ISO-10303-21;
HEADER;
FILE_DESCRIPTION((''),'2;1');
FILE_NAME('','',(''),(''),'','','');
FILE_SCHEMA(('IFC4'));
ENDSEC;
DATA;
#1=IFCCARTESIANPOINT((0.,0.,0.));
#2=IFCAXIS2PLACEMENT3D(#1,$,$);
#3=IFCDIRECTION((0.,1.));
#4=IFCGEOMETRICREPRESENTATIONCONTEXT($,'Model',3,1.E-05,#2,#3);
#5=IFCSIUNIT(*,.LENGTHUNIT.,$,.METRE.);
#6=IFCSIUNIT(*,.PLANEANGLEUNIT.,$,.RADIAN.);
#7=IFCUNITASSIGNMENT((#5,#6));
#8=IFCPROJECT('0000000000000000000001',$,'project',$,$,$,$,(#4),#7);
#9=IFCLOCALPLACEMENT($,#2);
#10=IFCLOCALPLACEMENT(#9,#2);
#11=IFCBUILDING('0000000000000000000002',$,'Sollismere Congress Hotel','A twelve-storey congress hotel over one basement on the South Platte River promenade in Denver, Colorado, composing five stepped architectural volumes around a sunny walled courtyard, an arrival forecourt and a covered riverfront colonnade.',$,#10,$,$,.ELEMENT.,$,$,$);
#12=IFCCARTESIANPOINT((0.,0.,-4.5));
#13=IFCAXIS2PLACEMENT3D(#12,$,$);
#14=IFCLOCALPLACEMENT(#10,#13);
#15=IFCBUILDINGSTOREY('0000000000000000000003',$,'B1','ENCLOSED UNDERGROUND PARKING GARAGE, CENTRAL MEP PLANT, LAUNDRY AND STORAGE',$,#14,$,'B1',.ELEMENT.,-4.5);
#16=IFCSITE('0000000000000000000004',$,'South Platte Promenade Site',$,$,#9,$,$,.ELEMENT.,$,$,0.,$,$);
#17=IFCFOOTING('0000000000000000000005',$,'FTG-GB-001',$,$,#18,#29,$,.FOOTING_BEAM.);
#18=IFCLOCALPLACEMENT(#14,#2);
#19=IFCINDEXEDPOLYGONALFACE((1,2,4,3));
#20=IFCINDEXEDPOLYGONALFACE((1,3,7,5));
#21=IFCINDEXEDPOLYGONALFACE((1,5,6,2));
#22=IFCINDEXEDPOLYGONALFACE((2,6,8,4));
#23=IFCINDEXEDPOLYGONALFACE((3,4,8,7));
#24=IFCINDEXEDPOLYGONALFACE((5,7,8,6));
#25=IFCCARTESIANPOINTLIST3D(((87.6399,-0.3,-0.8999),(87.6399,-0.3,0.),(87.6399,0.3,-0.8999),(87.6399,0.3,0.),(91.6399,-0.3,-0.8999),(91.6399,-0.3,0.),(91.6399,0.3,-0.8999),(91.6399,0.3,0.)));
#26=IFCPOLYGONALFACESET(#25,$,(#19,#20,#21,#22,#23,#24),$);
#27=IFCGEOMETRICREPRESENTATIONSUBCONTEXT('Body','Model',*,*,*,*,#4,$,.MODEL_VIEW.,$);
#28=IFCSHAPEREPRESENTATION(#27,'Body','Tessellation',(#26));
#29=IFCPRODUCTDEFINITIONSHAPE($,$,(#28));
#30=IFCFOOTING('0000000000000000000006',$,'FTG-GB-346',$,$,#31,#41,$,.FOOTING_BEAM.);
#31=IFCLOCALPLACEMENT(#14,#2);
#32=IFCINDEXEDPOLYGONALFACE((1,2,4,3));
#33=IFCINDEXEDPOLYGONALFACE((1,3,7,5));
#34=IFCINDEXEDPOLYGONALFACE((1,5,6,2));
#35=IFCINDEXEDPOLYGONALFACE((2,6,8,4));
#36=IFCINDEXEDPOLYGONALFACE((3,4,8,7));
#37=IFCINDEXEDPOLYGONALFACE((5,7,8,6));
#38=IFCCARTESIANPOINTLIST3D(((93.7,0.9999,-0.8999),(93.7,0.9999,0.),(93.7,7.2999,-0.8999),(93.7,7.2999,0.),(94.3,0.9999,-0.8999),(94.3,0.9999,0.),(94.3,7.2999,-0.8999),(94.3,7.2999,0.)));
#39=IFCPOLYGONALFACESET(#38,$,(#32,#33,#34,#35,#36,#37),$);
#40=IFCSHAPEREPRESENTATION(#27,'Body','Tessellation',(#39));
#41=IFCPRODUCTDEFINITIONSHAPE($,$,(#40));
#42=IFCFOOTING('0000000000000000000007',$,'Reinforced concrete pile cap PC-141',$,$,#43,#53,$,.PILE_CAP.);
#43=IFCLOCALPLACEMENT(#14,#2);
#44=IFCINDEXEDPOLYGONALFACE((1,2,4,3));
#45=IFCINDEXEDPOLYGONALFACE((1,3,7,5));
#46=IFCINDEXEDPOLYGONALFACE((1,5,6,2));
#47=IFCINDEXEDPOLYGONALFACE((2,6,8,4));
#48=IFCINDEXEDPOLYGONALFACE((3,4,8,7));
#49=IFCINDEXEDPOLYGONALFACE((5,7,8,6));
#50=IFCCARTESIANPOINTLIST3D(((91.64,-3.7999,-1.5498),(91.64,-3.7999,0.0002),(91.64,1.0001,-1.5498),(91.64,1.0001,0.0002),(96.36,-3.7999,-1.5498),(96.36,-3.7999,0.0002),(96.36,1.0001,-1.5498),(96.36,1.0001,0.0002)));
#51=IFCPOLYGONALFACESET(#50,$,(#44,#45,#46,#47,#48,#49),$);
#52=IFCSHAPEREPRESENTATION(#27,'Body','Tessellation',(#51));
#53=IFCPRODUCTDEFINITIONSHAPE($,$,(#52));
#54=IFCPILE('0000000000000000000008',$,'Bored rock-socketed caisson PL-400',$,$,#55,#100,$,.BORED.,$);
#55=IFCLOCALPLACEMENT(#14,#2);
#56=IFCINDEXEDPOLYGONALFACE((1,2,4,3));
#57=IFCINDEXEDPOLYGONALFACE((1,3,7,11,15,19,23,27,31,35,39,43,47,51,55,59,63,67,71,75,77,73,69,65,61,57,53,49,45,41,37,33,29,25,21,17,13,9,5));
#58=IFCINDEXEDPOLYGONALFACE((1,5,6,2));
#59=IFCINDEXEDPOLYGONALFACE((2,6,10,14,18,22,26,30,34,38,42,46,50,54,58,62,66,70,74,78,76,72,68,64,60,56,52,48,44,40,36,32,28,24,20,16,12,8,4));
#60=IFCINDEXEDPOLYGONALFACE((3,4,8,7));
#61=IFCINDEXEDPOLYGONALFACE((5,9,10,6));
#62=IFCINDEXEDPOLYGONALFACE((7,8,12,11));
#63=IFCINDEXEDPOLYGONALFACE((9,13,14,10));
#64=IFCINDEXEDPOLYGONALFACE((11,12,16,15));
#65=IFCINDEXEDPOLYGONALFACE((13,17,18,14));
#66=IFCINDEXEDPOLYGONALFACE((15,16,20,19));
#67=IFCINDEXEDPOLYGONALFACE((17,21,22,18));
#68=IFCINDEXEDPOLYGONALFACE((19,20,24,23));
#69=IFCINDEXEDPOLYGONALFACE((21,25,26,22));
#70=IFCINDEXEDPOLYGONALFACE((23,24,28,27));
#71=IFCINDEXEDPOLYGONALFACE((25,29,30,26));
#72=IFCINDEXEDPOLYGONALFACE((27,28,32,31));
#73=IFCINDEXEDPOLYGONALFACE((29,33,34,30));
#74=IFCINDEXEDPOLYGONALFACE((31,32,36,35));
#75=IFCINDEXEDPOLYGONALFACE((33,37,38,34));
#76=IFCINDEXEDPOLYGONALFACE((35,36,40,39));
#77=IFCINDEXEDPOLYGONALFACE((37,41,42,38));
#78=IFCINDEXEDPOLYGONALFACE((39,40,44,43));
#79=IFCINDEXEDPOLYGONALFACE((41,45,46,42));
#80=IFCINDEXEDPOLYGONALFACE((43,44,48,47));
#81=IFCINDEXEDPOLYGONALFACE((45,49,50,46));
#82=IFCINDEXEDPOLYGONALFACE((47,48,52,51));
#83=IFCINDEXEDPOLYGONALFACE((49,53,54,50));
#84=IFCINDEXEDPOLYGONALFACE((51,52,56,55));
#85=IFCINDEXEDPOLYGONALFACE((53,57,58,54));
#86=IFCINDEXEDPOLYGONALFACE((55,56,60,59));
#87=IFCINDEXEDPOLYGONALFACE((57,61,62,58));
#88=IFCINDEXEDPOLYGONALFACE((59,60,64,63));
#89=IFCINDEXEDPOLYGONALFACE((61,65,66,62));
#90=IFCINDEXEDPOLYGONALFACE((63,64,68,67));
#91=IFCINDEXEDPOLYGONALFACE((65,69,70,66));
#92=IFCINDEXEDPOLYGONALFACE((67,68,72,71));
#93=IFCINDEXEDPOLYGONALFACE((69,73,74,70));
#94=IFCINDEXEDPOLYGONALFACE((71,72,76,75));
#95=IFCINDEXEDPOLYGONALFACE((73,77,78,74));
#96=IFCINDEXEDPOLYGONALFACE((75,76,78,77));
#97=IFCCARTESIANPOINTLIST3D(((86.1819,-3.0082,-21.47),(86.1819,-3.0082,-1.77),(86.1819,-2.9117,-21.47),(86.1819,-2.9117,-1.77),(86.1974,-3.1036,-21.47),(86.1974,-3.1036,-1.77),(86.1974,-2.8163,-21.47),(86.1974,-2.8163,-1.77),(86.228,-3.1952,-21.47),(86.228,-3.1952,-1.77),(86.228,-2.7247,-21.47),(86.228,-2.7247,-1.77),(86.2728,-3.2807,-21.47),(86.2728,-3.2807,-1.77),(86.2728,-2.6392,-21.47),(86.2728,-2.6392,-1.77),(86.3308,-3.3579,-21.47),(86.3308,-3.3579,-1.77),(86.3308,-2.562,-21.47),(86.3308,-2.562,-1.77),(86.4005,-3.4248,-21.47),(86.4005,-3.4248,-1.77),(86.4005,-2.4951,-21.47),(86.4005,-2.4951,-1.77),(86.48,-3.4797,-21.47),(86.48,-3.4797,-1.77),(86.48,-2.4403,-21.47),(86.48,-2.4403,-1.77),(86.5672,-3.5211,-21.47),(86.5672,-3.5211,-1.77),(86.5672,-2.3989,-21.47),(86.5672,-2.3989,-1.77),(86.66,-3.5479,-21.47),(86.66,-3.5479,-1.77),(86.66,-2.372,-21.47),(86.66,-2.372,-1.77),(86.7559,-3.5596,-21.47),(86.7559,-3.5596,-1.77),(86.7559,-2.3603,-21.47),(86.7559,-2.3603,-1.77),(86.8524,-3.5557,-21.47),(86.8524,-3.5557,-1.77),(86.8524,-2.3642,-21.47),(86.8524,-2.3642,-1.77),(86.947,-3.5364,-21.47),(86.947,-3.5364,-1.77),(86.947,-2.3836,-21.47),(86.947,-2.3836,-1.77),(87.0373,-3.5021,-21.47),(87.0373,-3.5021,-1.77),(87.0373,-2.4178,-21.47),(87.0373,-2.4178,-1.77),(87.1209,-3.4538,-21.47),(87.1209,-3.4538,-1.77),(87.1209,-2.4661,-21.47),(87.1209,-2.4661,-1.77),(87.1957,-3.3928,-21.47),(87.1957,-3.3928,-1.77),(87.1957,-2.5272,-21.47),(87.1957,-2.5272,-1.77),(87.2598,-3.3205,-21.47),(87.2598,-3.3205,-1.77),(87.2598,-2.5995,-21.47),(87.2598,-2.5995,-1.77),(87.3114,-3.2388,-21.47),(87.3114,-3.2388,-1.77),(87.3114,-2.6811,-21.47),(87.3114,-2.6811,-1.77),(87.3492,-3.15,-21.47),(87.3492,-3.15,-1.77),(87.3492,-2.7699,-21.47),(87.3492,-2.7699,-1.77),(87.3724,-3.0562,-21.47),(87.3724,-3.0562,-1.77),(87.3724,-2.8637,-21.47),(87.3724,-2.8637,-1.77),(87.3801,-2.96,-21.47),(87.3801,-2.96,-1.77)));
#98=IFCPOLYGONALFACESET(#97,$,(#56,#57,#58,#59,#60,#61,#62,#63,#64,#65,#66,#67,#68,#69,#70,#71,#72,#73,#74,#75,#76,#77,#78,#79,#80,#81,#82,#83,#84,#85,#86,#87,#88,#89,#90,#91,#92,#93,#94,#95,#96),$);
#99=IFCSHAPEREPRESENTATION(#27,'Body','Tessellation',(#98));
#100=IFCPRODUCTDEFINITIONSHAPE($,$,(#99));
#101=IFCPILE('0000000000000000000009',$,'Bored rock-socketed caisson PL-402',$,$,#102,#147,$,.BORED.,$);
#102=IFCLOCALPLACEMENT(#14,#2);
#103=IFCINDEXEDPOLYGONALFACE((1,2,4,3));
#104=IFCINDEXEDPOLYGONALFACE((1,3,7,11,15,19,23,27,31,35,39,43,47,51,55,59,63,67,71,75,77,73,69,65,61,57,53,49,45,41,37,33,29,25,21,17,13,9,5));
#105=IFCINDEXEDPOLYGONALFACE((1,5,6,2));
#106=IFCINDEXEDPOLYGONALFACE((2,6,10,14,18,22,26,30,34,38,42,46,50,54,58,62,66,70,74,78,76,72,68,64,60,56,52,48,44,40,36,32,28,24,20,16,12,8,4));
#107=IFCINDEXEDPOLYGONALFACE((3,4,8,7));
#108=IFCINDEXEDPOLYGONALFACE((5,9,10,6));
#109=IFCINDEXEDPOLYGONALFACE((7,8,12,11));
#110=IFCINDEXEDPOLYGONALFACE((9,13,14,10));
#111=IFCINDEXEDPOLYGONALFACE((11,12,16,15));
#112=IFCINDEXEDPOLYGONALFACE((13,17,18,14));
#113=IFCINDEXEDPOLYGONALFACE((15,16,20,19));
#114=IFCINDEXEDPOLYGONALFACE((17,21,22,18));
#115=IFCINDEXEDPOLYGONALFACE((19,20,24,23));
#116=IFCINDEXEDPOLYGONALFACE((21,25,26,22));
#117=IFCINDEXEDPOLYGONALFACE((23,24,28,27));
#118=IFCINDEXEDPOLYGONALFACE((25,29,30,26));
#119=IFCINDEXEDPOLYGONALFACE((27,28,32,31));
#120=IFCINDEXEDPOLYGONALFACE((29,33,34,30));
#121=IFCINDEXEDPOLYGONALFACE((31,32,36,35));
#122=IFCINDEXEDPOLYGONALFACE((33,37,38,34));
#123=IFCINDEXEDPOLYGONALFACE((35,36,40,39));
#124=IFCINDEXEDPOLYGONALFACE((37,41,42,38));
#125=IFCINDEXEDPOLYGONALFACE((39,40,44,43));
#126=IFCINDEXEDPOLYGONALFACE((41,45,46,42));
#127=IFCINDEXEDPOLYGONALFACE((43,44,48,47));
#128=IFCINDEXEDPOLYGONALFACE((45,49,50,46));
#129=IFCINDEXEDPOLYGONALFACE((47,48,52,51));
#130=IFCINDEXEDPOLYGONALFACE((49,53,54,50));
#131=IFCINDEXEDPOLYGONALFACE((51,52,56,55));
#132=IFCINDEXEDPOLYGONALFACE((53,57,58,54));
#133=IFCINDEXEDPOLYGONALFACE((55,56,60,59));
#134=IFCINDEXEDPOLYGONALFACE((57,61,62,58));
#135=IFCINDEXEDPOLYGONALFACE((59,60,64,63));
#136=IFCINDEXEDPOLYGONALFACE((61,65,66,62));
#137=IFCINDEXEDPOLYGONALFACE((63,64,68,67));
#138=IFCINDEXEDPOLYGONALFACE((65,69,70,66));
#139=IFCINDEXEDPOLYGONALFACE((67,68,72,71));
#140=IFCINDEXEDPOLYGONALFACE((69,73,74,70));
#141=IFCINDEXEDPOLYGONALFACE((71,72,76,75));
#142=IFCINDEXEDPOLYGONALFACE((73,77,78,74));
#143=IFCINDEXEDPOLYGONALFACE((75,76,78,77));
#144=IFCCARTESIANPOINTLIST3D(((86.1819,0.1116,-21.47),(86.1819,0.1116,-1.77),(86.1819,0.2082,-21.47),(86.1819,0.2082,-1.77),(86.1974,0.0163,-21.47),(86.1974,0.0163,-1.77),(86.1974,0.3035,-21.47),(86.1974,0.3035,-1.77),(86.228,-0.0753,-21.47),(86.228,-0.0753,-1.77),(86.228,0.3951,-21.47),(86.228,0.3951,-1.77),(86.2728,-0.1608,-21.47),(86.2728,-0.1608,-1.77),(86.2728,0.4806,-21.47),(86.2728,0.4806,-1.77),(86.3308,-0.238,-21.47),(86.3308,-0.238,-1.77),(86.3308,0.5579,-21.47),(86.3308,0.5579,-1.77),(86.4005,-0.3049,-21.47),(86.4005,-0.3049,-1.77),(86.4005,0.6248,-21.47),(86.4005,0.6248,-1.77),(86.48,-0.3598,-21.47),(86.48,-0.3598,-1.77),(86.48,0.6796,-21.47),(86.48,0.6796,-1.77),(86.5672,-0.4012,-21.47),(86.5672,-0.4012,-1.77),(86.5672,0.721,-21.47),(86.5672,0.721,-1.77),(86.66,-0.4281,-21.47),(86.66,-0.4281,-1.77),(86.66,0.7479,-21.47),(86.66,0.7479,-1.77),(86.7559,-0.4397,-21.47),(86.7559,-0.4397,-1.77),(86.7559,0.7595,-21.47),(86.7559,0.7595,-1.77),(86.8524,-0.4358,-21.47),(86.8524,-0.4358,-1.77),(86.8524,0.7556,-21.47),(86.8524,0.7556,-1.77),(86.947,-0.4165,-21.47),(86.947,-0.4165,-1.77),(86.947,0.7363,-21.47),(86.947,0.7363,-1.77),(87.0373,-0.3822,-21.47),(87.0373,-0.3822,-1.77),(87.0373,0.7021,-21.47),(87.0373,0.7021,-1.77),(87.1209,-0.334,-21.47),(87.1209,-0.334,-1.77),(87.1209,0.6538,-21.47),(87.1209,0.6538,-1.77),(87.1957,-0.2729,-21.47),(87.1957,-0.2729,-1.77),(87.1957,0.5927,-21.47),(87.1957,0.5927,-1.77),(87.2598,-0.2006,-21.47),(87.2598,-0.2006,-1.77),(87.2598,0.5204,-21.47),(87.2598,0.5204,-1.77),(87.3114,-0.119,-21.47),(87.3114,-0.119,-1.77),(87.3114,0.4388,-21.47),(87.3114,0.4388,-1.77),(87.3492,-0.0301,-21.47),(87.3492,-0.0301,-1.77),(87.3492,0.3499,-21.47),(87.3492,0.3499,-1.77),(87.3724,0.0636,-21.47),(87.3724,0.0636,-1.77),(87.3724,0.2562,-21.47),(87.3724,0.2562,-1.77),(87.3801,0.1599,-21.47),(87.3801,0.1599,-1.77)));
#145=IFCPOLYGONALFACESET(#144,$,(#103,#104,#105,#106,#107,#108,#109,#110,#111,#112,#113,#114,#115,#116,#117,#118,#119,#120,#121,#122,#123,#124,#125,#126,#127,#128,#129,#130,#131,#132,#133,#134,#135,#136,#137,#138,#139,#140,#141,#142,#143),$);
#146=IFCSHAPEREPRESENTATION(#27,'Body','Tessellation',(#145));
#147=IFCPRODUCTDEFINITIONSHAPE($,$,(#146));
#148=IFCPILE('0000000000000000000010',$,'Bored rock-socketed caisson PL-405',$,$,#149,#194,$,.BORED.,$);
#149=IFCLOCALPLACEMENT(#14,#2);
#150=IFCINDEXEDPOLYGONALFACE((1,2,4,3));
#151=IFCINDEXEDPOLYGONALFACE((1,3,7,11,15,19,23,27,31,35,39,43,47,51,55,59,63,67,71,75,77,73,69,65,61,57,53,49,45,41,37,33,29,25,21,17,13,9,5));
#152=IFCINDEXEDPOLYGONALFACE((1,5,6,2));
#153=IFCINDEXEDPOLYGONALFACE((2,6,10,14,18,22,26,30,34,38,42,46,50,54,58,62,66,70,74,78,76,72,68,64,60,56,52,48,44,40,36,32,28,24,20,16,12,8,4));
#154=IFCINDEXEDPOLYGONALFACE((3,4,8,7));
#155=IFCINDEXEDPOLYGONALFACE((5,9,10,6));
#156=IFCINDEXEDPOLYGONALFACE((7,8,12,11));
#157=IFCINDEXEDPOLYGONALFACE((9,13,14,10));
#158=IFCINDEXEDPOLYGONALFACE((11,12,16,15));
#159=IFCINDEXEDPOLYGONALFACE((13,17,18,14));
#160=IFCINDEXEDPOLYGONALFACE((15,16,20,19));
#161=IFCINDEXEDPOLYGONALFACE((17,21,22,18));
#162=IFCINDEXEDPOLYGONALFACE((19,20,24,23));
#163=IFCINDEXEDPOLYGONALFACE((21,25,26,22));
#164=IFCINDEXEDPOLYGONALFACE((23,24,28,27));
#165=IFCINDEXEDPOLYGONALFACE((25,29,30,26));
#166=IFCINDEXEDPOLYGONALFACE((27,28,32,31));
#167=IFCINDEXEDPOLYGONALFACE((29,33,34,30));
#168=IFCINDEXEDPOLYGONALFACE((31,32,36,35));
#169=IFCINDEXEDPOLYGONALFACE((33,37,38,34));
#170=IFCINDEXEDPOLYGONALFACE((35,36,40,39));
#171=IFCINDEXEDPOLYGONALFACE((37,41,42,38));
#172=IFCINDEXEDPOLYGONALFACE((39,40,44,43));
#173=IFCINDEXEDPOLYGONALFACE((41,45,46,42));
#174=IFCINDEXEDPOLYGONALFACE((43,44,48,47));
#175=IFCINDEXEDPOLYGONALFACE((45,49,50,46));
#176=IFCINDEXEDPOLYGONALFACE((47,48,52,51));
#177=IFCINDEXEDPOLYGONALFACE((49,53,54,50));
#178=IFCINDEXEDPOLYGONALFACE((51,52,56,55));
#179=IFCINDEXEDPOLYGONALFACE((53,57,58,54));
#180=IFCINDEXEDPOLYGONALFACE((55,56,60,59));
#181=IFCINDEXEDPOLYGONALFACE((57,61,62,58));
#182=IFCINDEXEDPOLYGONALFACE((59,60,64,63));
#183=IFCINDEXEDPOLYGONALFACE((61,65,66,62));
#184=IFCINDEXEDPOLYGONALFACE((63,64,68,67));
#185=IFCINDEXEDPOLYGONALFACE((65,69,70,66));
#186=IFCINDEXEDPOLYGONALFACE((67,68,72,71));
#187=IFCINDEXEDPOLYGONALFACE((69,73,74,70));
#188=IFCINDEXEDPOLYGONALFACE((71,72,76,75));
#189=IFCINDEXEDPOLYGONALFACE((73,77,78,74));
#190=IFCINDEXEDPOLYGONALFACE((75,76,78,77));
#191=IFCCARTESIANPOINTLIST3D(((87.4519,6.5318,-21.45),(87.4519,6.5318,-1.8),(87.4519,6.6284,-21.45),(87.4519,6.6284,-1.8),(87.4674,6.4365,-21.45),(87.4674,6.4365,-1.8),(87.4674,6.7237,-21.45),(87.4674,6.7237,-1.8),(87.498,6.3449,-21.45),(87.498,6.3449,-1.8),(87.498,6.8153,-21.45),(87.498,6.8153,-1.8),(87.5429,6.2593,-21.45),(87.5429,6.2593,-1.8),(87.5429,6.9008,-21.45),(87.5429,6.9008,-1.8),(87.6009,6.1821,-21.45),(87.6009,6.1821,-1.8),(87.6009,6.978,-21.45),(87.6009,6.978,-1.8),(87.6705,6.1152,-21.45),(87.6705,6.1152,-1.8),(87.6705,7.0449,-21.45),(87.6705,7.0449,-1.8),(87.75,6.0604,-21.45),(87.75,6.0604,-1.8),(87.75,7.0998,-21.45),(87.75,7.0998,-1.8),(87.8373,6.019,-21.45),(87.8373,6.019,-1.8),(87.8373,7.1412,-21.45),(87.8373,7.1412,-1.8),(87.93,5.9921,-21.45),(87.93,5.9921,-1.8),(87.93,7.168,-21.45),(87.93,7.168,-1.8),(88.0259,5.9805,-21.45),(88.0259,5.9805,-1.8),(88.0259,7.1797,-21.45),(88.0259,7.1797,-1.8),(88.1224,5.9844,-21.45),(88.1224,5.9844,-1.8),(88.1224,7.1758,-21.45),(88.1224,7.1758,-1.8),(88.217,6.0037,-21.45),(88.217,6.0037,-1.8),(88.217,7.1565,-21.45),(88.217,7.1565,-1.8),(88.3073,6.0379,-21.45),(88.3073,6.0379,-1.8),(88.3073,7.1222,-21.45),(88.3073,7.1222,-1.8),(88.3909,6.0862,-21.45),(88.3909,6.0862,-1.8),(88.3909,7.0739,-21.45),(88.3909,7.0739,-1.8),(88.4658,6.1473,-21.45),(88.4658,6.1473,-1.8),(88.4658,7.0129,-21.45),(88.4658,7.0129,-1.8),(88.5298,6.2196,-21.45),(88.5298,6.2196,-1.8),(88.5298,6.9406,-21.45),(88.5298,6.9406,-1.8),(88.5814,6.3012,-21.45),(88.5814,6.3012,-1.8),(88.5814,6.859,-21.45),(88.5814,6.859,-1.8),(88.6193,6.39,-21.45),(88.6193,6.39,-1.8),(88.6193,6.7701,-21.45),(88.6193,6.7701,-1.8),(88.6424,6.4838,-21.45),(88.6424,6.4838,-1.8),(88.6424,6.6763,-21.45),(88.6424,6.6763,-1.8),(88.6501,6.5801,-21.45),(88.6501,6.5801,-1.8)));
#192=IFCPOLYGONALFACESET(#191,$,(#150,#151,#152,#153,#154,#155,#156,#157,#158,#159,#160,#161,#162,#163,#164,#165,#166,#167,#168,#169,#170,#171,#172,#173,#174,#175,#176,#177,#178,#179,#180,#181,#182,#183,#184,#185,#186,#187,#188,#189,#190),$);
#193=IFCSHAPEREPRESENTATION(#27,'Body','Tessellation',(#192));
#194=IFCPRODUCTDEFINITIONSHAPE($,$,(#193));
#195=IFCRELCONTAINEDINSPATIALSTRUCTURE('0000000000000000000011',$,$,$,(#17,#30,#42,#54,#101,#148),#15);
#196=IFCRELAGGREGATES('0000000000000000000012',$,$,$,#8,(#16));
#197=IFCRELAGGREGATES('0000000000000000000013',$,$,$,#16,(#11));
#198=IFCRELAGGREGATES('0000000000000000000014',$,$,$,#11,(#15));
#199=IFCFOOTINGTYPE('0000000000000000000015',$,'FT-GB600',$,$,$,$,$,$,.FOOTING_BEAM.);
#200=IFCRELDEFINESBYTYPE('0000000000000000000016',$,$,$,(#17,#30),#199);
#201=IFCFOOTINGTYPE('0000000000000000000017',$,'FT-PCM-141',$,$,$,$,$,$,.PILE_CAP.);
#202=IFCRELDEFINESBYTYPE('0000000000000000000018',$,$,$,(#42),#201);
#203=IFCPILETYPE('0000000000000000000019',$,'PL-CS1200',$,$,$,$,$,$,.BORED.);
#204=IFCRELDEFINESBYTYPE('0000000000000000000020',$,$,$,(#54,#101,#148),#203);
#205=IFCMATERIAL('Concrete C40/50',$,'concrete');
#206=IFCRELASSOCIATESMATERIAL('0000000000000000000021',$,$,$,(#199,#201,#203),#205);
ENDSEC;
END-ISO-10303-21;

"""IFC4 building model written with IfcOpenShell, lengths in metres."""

from ifc_helpers import new_model, si_unit, direction, frame, origin, origin_2d, place, context, subcontext, project, spatial, rectangle, circle, extrude, material, material_profile, profile_set, type_object, element, save


model = new_model("IFC4")

# Units and contexts
model_context = context("Model", 3, precision=1e-05, world=origin(), true_north=direction((0.0, 1.0)))
body_context = subcontext(model_context, "Body", "Model", "MODEL_VIEW")
ifc_project = project(units=[si_unit("LENGTHUNIT", "METRE"), si_unit("PLANEANGLEUNIT", "RADIAN")], contexts=[model_context])

# Site, building, storey
site_placement = place(None, origin())
site = spatial("IfcSite", under=ifc_project, at=site_placement, Name="South Platte Promenade Site", CompositionType="ELEMENT", RefElevation=0.0)
building_placement = place(site_placement, origin())
building = spatial("IfcBuilding", under=site, at=building_placement, Name="Sollismere Congress Hotel", Description="A twelve-storey congress hotel over one basement on the South Platte River promenade in Denver, Colorado, composing five stepped architectural volumes around a sunny walled courtyard, an arrival forecourt and a covered riverfront colonnade.", CompositionType="ELEMENT")
storey_placement = place(building_placement, frame((0.0, 0.0, -4.5)))
storey = spatial("IfcBuildingStorey", under=building, at=storey_placement, Name="B1", Description="ENCLOSED UNDERGROUND PARKING GARAGE, CENTRAL MEP PLANT, LAUNDRY AND STORAGE", LongName="B1", CompositionType="ELEMENT", Elevation=-4.5)

# Footings
ifc_material_1 = material(Name="Concrete C40/50", Category="concrete")
footing_type_1 = type_object("IfcFootingType", Name="FT-GB600", PredefinedType="FOOTING_BEAM", material=ifc_material_1)
footing_1_placement = place(storey_placement, frame((89.6399, 0.0, -0.8999), z_axis=(0.0, 0.0, 1.0), x_axis=(1.0, 0.0, 0.0)))
element("IfcFooting", 1, at=footing_1_placement, inside=storey, type_object=footing_type_1, Name="FTG-GB-001", PredefinedType="FOOTING_BEAM", context=body_context, shape_type="SweptSolid", body=[
    extrude(rectangle(XDim=4.0, YDim=0.6001, at=origin_2d()), origin(), (0.0, 0.0, 1.0), 0.8999),
])
footing_2_placement = place(storey_placement, frame((94.0, 4.1499, -0.8999), z_axis=(0.0, 0.0, 1.0), x_axis=(0.0, 1.0, 0.0)))
element("IfcFooting", 2, at=footing_2_placement, inside=storey, type_object=footing_type_1, Name="FTG-GB-346", PredefinedType="FOOTING_BEAM", context=body_context, shape_type="SweptSolid", body=[
    extrude(rectangle(XDim=6.3, YDim=0.6001, at=origin_2d()), origin(), (0.0, 0.0, 1.0), 0.8999),
])
footing_type_2 = type_object("IfcFootingType", Name="FT-PCM-141", PredefinedType="PILE_CAP", material=ifc_material_1)
footing_3_placement = place(storey_placement, frame((94.0, -1.3999, -1.5498), z_axis=(0.0, 0.0, 1.0), x_axis=(1.0, 0.0, 0.0)))
element("IfcFooting", 3, at=footing_3_placement, inside=storey, type_object=footing_type_2, Name="Reinforced concrete pile cap PC-141", PredefinedType="PILE_CAP", context=body_context, shape_type="SweptSolid", body=[
    extrude(rectangle(XDim=4.72, YDim=4.8, at=origin_2d()), origin(), (0.0, 0.0, 1.0), 1.55),
])

# Piles
ifc_material_profile_1 = material_profile(ifc_material_1, circle(Radius=0.6001, at=origin_2d()), Name="CAISSON1200")
ifc_profile_set_1 = profile_set([ifc_material_profile_1], Name="Concrete C40/50")
pile_type = type_object("IfcPileType", Name="PL-CS1200", PredefinedType="BORED", material=ifc_profile_set_1)
for number, where, z_axis, x_axis, name in (
    (4, (86.78, -2.96, -1.77), (0.0, 0.0, -1.0), (1.0, 0.0, 0.0), "Bored rock-socketed caisson PL-400"),
    (5, (86.78, 0.1599, -1.77), (0.0, 0.0, -1.0), (1.0, 0.0, 0.0), "Bored rock-socketed caisson PL-402"),
):
    element("IfcPile", number, at=place(storey_placement, frame(where, z_axis=z_axis, x_axis=x_axis)), inside=storey, type_object=pile_type, Name=name, PredefinedType="BORED", context=body_context, shape_type="SweptSolid", body=[
        extrude(circle(Radius=0.6001, at=origin_2d()), origin(), (0.0, 0.0, 1.0), 19.7),
    ])
pile_placement = place(storey_placement, frame((88.05, 6.5801, -1.8), z_axis=(0.0, 0.0, -1.0), x_axis=(1.0, 0.0, 0.0)))
element("IfcPile", 6, at=pile_placement, inside=storey, type_object=pile_type, Name="Bored rock-socketed caisson PL-405", PredefinedType="BORED", context=body_context, shape_type="SweptSolid", body=[
    extrude(circle(Radius=0.6001, at=origin_2d()), origin(), (0.0, 0.0, 1.0), 19.6499),
])

save(model, "model.ifc")
